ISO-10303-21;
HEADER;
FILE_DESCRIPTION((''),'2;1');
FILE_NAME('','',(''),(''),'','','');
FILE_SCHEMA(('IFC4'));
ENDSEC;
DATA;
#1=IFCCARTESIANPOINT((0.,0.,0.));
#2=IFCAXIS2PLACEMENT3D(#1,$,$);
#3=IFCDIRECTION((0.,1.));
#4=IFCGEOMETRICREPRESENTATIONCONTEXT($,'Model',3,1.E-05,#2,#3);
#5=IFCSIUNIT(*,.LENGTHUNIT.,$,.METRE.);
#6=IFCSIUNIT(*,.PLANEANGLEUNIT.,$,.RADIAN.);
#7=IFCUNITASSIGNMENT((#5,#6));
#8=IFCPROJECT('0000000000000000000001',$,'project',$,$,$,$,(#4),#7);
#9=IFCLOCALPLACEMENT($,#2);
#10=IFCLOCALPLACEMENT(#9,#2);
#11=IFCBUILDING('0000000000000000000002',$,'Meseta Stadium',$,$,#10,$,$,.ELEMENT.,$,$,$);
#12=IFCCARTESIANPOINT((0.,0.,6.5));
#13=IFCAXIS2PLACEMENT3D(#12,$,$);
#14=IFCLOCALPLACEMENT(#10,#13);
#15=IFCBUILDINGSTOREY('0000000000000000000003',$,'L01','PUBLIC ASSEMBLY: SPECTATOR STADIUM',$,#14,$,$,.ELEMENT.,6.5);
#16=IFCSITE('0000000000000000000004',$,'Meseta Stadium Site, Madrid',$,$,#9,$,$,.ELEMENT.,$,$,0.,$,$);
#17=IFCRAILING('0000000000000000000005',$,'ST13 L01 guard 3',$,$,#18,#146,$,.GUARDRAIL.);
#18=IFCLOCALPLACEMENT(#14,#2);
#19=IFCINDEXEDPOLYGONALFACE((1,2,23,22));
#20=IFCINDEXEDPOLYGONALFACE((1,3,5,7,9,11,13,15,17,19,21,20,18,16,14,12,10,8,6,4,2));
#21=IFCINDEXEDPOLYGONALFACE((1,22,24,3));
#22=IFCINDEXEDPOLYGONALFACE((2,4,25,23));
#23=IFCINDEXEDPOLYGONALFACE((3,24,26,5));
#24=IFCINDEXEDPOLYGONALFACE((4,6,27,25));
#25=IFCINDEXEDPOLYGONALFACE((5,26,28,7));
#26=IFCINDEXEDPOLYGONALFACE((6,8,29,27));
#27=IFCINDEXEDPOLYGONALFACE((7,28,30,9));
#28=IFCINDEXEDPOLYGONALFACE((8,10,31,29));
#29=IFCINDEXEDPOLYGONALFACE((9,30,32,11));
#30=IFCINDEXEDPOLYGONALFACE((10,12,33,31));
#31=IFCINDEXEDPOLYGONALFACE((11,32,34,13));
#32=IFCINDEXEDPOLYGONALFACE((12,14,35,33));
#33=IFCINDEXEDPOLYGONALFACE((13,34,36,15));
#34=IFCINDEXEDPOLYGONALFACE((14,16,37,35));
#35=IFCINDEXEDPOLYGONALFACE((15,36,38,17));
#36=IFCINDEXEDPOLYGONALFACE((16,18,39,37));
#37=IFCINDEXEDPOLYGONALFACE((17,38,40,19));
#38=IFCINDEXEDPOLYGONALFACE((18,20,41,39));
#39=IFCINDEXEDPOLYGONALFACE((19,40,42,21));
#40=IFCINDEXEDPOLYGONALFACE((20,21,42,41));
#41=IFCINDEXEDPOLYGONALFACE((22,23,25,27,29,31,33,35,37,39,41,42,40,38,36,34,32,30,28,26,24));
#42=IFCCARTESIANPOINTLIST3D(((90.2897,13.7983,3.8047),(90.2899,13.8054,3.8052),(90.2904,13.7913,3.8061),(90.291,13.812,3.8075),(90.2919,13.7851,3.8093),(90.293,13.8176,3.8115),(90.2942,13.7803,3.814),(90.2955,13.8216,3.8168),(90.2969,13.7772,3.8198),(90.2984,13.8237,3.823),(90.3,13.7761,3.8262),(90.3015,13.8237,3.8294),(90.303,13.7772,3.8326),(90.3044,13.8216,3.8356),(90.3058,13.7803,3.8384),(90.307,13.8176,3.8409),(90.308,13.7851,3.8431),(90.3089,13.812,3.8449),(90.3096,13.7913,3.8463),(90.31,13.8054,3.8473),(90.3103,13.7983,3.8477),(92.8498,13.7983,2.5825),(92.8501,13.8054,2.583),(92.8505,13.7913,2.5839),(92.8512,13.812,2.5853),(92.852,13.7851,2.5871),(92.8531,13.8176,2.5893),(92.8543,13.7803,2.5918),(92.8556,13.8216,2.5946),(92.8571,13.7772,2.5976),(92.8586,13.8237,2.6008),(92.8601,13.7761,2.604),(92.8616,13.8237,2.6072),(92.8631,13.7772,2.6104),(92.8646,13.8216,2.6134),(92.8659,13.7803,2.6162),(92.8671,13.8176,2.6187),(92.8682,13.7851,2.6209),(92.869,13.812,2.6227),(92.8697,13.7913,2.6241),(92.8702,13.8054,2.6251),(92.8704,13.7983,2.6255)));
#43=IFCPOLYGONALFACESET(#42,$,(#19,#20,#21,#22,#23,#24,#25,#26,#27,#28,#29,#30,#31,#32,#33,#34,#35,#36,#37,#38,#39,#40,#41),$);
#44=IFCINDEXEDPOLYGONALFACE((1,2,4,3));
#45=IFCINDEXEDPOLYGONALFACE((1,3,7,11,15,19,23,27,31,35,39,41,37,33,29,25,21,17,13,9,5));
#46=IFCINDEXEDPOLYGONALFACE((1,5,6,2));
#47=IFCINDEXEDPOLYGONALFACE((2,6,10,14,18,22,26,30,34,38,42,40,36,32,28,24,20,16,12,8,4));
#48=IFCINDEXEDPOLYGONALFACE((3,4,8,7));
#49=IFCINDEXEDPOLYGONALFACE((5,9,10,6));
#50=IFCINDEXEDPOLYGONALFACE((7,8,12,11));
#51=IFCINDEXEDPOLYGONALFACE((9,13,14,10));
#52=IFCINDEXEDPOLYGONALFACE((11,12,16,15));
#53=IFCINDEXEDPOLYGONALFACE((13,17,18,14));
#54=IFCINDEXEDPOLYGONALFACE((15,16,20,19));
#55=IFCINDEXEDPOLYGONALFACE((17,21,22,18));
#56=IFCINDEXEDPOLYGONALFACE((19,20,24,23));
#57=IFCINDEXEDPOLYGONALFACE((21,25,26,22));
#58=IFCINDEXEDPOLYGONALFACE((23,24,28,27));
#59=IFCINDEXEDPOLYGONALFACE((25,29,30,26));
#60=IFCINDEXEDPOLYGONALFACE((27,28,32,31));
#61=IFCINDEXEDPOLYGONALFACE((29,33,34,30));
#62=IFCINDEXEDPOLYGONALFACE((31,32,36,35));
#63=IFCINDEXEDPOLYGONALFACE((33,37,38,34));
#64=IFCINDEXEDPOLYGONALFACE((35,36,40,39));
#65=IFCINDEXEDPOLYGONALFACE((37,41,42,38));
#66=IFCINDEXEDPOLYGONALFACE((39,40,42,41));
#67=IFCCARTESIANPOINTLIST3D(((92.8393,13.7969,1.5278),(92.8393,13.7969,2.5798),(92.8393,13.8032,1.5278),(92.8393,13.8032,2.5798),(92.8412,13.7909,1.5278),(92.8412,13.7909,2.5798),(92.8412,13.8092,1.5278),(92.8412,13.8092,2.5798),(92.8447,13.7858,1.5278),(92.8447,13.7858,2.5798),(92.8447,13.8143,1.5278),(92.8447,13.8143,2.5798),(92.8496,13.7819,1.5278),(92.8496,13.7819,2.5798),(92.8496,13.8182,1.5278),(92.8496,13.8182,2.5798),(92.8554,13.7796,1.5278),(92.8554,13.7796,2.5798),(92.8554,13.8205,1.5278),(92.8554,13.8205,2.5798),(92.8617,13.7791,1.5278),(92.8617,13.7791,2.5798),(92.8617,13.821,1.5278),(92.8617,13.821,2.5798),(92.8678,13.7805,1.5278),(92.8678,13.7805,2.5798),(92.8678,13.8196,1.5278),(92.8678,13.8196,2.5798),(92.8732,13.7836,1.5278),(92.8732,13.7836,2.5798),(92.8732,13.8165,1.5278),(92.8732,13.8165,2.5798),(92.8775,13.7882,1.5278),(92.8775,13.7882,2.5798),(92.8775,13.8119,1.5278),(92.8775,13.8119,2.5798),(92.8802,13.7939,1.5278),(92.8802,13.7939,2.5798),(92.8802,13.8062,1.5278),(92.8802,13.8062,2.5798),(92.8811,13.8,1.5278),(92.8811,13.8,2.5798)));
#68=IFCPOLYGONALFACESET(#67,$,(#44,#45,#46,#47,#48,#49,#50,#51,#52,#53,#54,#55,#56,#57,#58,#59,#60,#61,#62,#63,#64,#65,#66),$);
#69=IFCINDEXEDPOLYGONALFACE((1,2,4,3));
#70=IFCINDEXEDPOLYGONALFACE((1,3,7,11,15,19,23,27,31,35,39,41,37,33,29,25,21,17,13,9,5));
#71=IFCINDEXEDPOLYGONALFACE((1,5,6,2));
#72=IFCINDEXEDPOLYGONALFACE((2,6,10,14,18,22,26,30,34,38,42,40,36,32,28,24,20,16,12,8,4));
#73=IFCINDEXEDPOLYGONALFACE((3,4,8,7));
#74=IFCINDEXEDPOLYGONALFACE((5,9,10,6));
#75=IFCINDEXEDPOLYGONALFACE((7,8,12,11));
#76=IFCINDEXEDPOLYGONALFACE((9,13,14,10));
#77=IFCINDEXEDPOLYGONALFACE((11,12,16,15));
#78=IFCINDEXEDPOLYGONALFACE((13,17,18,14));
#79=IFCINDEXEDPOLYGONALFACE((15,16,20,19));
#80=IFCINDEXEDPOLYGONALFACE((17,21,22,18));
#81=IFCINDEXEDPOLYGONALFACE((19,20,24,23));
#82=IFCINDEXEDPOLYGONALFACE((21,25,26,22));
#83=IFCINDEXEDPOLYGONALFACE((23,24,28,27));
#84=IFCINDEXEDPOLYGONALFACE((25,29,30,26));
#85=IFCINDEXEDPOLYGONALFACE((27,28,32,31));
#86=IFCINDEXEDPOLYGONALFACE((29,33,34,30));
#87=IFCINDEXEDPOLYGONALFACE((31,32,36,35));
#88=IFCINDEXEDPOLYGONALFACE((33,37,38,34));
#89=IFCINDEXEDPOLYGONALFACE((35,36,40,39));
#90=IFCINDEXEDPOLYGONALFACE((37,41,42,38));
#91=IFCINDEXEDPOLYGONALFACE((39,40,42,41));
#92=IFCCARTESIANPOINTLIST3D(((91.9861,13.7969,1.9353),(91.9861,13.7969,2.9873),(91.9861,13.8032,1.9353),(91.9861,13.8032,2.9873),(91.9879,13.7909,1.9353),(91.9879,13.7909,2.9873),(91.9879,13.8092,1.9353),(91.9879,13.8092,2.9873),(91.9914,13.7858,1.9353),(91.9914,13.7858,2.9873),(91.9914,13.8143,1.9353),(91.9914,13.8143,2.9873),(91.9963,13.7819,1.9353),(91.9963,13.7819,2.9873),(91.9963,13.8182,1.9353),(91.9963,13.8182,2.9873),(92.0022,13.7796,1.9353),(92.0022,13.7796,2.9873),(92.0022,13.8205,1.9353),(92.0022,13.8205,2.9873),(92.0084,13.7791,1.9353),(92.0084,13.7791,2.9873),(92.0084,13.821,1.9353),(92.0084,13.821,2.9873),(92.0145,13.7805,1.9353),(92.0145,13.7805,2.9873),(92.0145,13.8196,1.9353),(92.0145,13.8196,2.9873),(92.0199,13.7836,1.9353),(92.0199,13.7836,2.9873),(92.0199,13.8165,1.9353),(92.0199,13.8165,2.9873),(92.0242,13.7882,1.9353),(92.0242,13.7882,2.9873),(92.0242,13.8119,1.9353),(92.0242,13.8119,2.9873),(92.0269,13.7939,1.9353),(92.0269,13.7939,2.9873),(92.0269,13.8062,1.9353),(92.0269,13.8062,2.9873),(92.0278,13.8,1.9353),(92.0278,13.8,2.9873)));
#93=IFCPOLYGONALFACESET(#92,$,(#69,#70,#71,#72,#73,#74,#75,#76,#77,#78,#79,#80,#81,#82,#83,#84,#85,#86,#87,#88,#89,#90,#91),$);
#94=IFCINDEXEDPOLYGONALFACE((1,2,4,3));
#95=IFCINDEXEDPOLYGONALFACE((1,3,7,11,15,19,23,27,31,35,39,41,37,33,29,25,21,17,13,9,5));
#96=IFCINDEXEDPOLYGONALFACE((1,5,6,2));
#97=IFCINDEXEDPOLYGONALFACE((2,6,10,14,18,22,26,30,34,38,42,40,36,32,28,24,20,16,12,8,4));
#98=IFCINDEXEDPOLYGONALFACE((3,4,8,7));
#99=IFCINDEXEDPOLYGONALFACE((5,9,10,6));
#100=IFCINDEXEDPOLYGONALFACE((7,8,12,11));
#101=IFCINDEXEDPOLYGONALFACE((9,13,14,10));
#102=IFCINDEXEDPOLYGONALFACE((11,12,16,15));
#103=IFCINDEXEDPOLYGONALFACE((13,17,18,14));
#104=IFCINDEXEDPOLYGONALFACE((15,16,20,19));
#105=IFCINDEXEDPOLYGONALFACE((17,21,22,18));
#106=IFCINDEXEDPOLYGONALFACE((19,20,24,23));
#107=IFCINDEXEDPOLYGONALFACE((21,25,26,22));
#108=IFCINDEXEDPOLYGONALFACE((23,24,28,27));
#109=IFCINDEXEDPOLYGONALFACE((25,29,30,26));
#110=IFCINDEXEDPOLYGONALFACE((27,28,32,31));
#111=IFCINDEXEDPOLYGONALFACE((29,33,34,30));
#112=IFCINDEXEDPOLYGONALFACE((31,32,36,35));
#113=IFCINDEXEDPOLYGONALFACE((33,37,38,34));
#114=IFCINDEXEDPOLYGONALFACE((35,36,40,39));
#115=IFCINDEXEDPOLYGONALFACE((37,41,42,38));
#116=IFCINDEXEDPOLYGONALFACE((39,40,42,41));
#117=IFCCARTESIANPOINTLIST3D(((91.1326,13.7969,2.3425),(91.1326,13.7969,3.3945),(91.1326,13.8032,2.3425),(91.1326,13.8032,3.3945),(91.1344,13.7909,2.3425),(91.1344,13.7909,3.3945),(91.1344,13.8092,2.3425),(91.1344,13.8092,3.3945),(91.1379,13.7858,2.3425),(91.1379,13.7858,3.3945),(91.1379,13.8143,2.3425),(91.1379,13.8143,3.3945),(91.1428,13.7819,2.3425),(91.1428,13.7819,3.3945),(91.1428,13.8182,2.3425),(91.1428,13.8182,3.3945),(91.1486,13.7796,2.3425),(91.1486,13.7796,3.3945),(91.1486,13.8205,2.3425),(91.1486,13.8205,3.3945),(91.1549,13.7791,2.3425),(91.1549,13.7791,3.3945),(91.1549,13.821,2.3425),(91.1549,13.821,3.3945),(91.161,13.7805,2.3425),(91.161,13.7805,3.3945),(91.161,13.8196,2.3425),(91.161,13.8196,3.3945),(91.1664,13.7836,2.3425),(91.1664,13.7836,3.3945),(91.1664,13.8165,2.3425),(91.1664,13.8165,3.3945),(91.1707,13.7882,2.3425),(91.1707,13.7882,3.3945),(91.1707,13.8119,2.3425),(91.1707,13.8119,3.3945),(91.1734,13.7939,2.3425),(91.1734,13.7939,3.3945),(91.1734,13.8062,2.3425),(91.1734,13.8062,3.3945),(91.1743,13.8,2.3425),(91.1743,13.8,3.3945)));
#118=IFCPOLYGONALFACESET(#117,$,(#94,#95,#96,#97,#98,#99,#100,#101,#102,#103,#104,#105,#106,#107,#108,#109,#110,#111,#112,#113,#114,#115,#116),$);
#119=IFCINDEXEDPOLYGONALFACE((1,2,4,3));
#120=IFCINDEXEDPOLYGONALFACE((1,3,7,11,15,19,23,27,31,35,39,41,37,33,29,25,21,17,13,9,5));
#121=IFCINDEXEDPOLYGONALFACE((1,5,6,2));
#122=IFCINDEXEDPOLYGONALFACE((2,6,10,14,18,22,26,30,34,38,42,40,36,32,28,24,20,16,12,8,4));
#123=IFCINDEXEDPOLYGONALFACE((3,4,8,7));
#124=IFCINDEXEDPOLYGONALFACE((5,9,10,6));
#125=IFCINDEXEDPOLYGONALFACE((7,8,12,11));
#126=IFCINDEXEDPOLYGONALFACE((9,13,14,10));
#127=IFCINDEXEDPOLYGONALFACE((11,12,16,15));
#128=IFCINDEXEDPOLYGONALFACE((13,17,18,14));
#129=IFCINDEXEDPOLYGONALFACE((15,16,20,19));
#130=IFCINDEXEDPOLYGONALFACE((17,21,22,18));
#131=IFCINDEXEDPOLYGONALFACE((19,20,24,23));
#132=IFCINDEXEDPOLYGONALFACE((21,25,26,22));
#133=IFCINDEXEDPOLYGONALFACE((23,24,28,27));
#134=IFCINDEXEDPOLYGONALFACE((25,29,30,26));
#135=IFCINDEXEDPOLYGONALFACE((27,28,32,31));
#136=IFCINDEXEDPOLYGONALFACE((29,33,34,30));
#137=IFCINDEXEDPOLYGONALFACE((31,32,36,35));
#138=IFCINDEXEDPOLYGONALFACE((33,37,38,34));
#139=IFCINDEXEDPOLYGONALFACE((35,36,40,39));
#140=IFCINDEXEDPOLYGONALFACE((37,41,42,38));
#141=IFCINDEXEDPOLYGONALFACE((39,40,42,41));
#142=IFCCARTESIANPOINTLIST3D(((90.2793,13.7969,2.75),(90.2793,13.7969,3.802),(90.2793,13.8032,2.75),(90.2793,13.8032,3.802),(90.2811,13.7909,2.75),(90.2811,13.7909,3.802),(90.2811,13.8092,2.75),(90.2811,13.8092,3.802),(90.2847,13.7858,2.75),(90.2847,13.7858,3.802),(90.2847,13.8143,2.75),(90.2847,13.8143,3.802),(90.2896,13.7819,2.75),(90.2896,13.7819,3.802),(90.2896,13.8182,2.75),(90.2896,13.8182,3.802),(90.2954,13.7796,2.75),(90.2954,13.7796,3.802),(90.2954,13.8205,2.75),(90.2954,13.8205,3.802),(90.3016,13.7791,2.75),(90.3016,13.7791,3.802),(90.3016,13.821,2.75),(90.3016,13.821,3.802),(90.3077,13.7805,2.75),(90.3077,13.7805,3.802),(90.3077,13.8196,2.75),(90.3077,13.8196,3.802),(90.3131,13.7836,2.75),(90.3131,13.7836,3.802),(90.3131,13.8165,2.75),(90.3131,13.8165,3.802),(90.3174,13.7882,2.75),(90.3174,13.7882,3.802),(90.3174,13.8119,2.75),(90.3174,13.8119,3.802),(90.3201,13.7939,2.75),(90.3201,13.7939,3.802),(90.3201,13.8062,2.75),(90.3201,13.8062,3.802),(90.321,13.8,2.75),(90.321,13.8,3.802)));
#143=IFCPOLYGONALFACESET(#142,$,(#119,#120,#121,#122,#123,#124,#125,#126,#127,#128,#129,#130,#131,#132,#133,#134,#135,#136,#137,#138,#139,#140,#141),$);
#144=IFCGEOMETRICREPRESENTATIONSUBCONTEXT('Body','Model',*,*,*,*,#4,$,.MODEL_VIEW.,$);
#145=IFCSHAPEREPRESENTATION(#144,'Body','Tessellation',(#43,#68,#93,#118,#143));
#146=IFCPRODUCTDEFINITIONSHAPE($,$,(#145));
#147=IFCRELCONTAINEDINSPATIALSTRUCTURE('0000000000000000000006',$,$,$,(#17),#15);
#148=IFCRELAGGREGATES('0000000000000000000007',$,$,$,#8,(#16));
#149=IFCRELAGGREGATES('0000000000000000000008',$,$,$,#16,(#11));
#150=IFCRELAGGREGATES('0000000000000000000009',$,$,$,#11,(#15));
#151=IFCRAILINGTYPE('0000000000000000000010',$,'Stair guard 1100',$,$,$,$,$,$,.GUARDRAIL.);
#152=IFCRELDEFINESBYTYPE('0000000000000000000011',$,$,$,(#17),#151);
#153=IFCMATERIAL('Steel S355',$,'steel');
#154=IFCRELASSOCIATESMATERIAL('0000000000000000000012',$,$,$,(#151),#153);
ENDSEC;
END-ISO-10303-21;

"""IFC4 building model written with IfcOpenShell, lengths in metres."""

from ifc_helpers import new_model, si_unit, direction, frame, origin, origin_2d, place, context, subcontext, project, spatial, circle, extrude, material, type_object, element, save


model = new_model("IFC4")

# Units and contexts
model_context = context("Model", 3, precision=1e-05, world=origin(), true_north=direction((0.0, 1.0)))
body_context = subcontext(model_context, "Body", "Model", "MODEL_VIEW")
ifc_project = project(units=[si_unit("LENGTHUNIT", "METRE"), si_unit("PLANEANGLEUNIT", "RADIAN")], contexts=[model_context])

# Site, building, storey
site_placement = place(None, origin())
site = spatial("IfcSite", under=ifc_project, at=site_placement, Name="Meseta Stadium Site, Madrid", CompositionType="ELEMENT", RefElevation=0.0)
building_placement = place(site_placement, origin())
building = spatial("IfcBuilding", under=site, at=building_placement, Name="Meseta Stadium", CompositionType="ELEMENT")
storey_placement = place(building_placement, frame((0.0, 0.0, 6.5)))
storey = spatial("IfcBuildingStorey", under=building, at=storey_placement, Name="L01", Description="PUBLIC ASSEMBLY: SPECTATOR STADIUM", CompositionType="ELEMENT", Elevation=6.5)

# Railing
ifc_material_1 = material(Name="Steel S355", Category="steel")
railing_type_1 = type_object("IfcRailingType", Name="Stair guard 1100", PredefinedType="GUARDRAIL", material=ifc_material_1)
railing_1_placement = place(storey_placement, frame((92.8601, 13.8, 1.5278)))
element("IfcRailing", 1, at=railing_1_placement, inside=storey, type_object=railing_type_1, Name="ST13 L01 guard 3", PredefinedType="GUARDRAIL", context=body_context, shape_type="SweptSolid", body=[
    extrude(circle(Radius=0.0239, at=origin_2d()), frame((0.0, 0.0, 1.0762), z_axis=(-0.902437, 0.0, 0.430822), x_axis=(0.0, -1.0, 0.0)), (0.0, 0.0, 1.0), 2.8369),
    extrude(circle(Radius=0.021, at=origin_2d()), origin(), (0.0, 0.0, 1.0), 1.052),
    extrude(circle(Radius=0.021, at=origin_2d()), frame((-0.8533, 0.0, 0.4075)), (0.0, 0.0, 1.0), 1.052),
    extrude(circle(Radius=0.021, at=origin_2d()), frame((-1.7068, 0.0, 0.8147)), (0.0, 0.0, 1.0), 1.052),
    extrude(circle(Radius=0.021, at=origin_2d()), frame((-2.5601, 0.0, 1.2222)), (0.0, 0.0, 1.0), 1.052),
])

save(model, "model.ifc")
